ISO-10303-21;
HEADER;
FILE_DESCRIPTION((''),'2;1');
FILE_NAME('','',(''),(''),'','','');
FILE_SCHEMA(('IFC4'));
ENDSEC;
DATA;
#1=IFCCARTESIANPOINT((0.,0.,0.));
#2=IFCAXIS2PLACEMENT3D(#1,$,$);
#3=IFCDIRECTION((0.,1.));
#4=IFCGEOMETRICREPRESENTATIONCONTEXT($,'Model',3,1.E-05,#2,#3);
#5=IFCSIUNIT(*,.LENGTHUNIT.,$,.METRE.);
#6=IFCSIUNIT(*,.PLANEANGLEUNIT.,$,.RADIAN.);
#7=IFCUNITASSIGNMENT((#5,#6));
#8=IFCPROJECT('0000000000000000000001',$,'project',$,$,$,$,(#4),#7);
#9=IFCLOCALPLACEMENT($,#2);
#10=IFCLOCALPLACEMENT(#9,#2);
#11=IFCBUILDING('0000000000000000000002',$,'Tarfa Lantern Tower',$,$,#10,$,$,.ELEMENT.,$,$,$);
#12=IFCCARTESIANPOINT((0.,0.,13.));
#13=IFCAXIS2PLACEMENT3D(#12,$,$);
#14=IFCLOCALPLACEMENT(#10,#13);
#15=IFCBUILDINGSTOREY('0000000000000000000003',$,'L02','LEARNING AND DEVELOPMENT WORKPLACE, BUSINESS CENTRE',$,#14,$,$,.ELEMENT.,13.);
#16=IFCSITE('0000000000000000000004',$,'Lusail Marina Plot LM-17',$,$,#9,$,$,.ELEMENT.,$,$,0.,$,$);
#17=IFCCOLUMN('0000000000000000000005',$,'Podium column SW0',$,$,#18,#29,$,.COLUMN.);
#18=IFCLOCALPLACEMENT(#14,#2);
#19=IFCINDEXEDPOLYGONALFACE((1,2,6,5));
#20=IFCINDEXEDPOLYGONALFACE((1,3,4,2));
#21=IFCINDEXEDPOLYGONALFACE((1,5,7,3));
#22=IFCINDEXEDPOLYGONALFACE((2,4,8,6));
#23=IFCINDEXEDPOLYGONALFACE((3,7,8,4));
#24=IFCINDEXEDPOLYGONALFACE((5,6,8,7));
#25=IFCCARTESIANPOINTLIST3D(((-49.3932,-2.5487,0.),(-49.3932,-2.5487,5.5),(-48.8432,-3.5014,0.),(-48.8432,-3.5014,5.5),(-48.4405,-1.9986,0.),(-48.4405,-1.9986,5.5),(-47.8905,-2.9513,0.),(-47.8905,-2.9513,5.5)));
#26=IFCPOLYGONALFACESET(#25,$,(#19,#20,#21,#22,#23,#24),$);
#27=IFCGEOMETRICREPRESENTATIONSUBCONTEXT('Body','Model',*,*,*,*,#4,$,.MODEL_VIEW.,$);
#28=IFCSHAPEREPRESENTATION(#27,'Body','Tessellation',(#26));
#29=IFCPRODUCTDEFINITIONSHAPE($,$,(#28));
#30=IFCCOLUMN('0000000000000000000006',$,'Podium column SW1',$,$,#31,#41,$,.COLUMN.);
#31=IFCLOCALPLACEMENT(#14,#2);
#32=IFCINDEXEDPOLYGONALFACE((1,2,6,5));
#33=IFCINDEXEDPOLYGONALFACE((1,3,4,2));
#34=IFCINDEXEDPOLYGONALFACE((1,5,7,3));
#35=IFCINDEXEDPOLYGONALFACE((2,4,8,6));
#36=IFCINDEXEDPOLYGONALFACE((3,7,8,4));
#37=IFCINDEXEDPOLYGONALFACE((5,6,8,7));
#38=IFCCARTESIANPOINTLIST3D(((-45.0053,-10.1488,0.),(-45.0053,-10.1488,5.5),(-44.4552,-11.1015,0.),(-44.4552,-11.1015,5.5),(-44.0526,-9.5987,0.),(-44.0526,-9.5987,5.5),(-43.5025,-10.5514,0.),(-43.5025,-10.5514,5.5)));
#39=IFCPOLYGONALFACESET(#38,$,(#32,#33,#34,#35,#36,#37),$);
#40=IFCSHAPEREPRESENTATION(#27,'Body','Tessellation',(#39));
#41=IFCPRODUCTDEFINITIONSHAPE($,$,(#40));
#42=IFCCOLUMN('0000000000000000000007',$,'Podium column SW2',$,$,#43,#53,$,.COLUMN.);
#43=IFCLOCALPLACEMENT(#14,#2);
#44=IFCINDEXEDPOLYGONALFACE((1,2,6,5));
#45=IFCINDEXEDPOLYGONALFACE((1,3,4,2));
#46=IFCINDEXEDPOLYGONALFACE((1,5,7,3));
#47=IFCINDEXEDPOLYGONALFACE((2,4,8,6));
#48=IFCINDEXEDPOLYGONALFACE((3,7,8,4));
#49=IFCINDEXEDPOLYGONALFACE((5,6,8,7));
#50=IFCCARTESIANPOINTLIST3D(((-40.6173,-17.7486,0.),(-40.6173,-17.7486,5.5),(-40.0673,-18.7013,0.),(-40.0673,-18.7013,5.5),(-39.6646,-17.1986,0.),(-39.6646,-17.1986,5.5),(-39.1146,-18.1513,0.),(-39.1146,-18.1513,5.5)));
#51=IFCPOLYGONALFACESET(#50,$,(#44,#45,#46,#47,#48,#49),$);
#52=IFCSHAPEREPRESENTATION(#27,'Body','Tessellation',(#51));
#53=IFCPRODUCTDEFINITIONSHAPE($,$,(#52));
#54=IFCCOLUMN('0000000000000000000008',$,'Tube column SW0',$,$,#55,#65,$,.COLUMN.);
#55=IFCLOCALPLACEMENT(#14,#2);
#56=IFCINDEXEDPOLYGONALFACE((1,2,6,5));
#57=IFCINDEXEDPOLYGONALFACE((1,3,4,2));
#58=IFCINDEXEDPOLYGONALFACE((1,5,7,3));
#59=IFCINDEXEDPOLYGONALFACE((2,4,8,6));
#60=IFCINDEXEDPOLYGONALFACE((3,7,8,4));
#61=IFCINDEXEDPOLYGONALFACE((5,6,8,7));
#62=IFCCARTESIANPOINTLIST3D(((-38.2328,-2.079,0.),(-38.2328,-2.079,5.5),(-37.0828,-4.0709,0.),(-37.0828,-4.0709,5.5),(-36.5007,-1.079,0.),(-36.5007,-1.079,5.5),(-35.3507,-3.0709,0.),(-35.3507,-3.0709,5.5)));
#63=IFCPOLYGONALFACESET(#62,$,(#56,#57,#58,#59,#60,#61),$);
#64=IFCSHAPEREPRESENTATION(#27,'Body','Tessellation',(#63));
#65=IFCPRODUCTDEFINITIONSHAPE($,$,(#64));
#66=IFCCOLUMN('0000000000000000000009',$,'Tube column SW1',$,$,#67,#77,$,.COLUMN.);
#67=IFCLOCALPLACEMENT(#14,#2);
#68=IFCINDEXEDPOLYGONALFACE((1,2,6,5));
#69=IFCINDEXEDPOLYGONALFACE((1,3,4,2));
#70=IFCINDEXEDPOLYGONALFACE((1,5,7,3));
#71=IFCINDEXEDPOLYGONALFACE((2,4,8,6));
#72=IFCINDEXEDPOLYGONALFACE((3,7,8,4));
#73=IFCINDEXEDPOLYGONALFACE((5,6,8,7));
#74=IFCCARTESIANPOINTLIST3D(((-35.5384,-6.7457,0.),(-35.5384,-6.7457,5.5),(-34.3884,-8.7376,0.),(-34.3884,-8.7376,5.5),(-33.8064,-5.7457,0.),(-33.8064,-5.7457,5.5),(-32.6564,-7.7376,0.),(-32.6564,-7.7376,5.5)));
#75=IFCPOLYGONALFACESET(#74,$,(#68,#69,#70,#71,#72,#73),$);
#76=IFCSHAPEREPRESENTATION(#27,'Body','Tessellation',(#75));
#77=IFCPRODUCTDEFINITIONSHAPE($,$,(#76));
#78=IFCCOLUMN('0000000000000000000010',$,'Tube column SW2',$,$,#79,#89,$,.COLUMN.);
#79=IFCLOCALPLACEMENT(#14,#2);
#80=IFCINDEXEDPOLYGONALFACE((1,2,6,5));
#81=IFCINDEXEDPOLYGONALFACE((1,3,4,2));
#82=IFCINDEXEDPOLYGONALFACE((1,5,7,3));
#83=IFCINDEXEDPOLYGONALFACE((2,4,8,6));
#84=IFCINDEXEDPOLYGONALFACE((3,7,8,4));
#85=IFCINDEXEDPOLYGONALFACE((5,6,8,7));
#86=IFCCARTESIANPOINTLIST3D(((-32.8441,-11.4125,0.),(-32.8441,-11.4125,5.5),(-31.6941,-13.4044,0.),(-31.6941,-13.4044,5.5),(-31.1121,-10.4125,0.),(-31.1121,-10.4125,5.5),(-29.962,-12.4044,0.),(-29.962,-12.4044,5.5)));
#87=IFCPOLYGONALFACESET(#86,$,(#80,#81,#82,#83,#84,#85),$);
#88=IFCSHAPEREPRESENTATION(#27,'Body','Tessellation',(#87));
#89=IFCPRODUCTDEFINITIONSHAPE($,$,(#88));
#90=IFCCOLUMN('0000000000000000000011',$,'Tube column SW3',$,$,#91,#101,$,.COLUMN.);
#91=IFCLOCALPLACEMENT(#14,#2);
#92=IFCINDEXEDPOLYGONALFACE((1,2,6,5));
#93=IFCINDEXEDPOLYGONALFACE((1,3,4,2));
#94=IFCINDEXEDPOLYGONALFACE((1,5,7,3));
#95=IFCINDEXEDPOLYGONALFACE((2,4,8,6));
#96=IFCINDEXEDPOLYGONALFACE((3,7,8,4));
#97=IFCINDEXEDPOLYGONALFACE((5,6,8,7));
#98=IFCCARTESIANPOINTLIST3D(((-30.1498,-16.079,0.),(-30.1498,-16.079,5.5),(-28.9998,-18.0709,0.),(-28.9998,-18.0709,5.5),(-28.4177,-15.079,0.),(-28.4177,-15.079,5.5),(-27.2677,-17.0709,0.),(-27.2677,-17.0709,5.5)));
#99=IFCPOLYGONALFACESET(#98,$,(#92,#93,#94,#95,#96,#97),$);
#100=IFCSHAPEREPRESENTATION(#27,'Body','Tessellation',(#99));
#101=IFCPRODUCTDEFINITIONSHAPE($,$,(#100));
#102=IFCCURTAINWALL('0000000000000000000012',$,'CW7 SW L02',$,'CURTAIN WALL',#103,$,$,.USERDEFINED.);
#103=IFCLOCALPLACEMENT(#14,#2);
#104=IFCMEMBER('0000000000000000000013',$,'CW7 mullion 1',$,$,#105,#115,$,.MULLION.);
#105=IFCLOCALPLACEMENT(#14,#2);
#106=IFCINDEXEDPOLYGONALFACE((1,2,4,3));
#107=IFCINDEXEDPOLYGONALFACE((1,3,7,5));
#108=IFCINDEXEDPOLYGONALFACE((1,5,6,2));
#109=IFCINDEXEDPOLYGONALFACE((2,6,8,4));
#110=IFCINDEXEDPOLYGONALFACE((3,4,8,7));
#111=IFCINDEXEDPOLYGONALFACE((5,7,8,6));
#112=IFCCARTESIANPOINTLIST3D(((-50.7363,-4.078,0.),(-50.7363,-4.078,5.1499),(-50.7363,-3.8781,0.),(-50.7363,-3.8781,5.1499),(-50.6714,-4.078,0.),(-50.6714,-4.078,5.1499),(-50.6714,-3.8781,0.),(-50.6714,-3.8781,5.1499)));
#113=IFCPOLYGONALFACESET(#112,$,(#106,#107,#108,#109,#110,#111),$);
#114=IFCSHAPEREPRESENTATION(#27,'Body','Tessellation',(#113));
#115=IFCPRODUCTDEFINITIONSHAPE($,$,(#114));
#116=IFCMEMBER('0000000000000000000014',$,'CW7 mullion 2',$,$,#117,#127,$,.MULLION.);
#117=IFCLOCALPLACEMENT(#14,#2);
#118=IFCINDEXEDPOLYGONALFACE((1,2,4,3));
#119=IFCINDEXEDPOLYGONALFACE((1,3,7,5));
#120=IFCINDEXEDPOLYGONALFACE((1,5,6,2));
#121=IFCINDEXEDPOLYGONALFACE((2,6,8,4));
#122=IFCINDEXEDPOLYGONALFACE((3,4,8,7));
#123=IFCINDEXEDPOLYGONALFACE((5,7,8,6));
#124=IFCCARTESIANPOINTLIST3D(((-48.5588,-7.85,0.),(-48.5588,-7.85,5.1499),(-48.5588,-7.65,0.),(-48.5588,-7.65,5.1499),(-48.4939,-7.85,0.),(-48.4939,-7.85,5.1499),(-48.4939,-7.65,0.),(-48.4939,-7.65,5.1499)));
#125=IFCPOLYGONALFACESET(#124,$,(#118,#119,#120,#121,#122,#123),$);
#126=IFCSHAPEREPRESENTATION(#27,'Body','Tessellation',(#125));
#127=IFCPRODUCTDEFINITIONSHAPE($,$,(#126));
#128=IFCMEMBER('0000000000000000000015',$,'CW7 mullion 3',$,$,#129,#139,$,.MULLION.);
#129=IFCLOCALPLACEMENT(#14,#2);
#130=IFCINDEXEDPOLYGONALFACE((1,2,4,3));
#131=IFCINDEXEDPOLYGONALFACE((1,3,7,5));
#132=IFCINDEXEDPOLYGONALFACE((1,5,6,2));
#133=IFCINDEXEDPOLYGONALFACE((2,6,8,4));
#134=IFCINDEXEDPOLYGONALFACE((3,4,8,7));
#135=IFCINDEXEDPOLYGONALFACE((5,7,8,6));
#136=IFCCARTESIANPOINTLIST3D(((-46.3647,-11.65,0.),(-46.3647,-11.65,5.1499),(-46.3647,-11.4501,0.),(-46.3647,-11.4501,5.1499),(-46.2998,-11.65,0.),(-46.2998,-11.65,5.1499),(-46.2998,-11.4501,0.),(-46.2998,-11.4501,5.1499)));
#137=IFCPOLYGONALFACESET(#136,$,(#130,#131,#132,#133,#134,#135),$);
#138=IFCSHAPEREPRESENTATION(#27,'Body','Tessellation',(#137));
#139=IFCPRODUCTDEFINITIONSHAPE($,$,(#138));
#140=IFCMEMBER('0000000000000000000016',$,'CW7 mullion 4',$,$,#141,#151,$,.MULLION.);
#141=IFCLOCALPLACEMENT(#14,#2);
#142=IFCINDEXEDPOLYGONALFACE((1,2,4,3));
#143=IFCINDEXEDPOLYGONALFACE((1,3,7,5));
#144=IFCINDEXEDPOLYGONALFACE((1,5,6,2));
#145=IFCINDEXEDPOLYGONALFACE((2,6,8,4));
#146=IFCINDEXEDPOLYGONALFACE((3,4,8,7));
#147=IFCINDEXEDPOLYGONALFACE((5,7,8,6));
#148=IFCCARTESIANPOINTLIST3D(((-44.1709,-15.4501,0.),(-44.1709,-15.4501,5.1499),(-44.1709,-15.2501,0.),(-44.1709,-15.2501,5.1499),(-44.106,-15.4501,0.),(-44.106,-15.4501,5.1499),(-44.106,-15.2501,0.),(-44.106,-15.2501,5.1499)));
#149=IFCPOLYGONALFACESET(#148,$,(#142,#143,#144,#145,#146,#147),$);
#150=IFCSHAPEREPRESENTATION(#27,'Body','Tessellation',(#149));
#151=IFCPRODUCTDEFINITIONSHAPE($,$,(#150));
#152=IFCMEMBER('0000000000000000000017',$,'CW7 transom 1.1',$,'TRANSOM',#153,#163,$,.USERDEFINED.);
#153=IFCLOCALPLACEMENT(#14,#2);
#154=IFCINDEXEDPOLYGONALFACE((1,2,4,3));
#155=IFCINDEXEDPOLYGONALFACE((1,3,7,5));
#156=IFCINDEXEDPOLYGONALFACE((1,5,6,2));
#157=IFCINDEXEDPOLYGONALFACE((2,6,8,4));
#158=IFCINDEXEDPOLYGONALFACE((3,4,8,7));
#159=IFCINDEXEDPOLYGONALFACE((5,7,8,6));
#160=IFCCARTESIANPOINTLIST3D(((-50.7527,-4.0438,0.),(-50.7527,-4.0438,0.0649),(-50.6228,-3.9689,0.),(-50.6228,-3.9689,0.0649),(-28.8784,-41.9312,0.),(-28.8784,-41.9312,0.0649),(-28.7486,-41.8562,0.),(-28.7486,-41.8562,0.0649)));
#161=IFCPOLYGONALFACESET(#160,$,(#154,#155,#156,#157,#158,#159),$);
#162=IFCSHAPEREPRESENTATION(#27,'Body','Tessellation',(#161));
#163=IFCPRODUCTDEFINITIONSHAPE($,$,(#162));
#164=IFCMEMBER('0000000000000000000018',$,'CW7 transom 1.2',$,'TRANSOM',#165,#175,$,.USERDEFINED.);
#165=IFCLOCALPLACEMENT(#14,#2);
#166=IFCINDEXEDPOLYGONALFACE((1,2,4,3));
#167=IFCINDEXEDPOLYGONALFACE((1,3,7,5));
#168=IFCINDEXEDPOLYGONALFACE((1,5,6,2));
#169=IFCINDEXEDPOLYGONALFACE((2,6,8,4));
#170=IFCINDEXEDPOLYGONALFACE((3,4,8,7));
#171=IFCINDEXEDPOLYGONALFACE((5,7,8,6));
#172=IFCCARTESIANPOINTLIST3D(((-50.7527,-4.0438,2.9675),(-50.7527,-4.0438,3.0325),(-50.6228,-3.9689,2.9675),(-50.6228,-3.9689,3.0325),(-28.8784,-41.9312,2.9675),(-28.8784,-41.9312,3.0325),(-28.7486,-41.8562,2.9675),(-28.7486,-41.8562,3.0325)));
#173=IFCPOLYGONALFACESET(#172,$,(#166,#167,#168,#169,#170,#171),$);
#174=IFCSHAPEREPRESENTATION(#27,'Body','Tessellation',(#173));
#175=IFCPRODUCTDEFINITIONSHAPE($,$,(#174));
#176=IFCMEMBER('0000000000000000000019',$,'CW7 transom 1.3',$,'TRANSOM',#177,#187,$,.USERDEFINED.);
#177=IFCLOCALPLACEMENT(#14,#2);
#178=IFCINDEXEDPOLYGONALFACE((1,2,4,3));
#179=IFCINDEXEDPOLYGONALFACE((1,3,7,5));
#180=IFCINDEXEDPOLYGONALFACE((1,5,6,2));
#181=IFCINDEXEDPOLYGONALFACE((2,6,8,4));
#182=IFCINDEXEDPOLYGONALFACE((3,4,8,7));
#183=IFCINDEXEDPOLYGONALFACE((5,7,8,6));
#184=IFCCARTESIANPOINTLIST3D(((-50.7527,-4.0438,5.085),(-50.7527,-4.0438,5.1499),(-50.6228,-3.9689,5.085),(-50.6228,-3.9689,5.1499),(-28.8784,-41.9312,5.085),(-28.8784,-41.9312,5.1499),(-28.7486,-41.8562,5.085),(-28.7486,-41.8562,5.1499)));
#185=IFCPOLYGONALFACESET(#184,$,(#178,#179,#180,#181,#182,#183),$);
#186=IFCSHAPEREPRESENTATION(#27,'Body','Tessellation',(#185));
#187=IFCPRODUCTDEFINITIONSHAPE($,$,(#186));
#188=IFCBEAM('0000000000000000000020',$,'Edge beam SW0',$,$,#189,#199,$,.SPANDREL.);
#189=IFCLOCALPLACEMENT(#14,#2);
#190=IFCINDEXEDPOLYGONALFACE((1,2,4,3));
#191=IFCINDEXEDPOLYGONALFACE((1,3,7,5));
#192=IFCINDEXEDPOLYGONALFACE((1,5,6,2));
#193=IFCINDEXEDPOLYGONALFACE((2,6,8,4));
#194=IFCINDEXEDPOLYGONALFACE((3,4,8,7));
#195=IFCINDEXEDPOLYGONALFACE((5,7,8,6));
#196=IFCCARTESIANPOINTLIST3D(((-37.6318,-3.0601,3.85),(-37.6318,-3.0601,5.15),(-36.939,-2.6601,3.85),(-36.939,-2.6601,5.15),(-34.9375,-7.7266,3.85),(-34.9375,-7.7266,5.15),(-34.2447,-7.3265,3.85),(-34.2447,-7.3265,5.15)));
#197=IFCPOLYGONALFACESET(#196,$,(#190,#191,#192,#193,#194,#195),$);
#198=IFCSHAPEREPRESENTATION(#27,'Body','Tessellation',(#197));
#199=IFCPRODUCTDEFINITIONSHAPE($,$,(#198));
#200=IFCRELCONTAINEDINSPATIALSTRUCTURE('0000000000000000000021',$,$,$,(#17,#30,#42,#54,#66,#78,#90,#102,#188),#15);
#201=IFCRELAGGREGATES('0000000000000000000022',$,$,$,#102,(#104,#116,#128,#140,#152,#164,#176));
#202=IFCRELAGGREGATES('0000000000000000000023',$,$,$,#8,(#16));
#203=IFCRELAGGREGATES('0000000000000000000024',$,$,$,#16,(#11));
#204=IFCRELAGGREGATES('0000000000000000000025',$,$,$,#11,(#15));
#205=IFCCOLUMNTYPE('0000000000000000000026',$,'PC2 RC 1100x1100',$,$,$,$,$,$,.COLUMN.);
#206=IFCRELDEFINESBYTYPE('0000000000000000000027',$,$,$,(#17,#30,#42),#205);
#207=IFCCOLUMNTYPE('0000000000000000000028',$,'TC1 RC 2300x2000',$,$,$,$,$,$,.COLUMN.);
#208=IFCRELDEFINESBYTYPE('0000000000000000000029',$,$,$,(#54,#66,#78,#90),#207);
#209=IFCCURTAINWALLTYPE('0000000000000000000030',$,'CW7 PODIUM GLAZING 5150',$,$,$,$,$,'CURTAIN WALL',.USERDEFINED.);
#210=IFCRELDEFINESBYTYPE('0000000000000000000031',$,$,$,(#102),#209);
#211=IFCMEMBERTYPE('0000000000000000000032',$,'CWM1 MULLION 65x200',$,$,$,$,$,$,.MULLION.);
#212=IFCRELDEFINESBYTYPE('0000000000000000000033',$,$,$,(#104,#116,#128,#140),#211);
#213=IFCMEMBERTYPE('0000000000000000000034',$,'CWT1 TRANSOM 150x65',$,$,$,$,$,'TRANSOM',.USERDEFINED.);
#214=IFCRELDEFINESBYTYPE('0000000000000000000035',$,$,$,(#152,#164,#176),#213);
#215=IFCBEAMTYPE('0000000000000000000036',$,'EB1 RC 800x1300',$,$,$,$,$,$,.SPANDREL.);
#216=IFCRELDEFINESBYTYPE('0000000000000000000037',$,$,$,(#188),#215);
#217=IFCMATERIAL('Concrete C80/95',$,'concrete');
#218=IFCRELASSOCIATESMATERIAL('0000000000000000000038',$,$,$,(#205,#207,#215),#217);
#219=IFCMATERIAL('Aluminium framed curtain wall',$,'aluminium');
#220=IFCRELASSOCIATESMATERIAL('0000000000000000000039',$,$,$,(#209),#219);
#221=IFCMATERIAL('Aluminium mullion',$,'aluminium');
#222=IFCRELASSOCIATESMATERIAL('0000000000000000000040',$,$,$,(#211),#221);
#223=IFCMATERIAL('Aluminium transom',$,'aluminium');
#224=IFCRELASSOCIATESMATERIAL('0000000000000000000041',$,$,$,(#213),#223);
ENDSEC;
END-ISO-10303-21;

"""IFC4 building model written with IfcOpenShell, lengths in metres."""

from ifc_helpers import new_model, si_unit, direction, frame, origin, origin_2d, place, context, subcontext, project, spatial, rectangle, extrude, material, material_profile, profile_set, type_object, element, aggregate, save


model = new_model("IFC4")

# Units and contexts
model_context = context("Model", 3, precision=1e-05, world=origin(), true_north=direction((0.0, 1.0)))
body_context = subcontext(model_context, "Body", "Model", "MODEL_VIEW")
ifc_project = project(units=[si_unit("LENGTHUNIT", "METRE"), si_unit("PLANEANGLEUNIT", "RADIAN")], contexts=[model_context])

# Site, building, storey
site_placement = place(None, origin())
site = spatial("IfcSite", under=ifc_project, at=site_placement, Name="Lusail Marina Plot LM-17", CompositionType="ELEMENT", RefElevation=0.0)
building_placement = place(site_placement, origin())
building = spatial("IfcBuilding", under=site, at=building_placement, Name="Tarfa Lantern Tower", CompositionType="ELEMENT")
storey_placement = place(building_placement, frame((0.0, 0.0, 13.0)))
storey = spatial("IfcBuildingStorey", under=building, at=storey_placement, Name="L02", Description="LEARNING AND DEVELOPMENT WORKPLACE, BUSINESS CENTRE", CompositionType="ELEMENT", Elevation=13.0)

# Columns
ifc_material_1 = material(Name="Concrete C80/95", Category="concrete")
ifc_material_profile_1 = material_profile(ifc_material_1, rectangle(XDim=1.1001, YDim=1.1001, at=origin_2d()), Name="RC 1100x1100")
ifc_profile_set_1 = profile_set([ifc_material_profile_1], Name="Concrete C80/95")
column_type_1 = type_object("IfcColumnType", Name="PC2 RC 1100x1100", PredefinedType="COLUMN", material=ifc_profile_set_1)
for number, where, z_axis, x_axis, name in (
    (1, (-48.6418, -2.75, 0.0), (0.0, 0.0, 1.0), (0.5, -0.866025, 0.0), "Podium column SW0"),
    (2, (-44.2539, -10.3501, 0.0), (0.0, 0.0, 1.0), (0.5, -0.866025, 0.0), "Podium column SW1"),
    (3, (-39.866, -17.95, 0.0), (0.0, 0.0, 1.0), (0.5, -0.866025, 0.0), "Podium column SW2"),
):
    element("IfcColumn", number, at=place(storey_placement, frame(where, z_axis=z_axis, x_axis=x_axis)), inside=storey, type_object=column_type_1, Name=name, PredefinedType="COLUMN", context=body_context, shape_type="SweptSolid", body=[
        extrude(rectangle(XDim=1.1001, YDim=1.1001, at=origin_2d()), origin(), (0.0, 0.0, 1.0), 5.5),
    ])
ifc_material_profile_2 = material_profile(ifc_material_1, rectangle(XDim=2.3, YDim=2.0, at=origin_2d()), Name="RC 2300x2000")
ifc_profile_set_2 = profile_set([ifc_material_profile_2], Name="Concrete C80/95")
column_type_2 = type_object("IfcColumnType", Name="TC1 RC 2300x2000", PredefinedType="COLUMN", material=ifc_profile_set_2)
for number, where, z_axis, x_axis, name in (
    (4, (-36.7917, -2.575, 0.0), (0.0, 0.0, 1.0), (0.5, -0.866025, 0.0), "Tube column SW0"),
    (5, (-34.0974, -7.2417, 0.0), (0.0, 0.0, 1.0), (0.5, -0.866025, 0.0), "Tube column SW1"),
    (6, (-31.4031, -11.9084, 0.0), (0.0, 0.0, 1.0), (0.5, -0.866025, 0.0), "Tube column SW2"),
    (7, (-28.7087, -16.575, 0.0), (0.0, 0.0, 1.0), (0.5, -0.866025, 0.0), "Tube column SW3"),
):
    element("IfcColumn", number, at=place(storey_placement, frame(where, z_axis=z_axis, x_axis=x_axis)), inside=storey, type_object=column_type_2, Name=name, PredefinedType="COLUMN", context=body_context, shape_type="SweptSolid", body=[
        extrude(rectangle(XDim=2.3, YDim=2.0, at=origin_2d()), origin(), (0.0, 0.0, 1.0), 5.5),
    ])

# Curtain wall, members
ifc_material_2 = material(Name="Aluminium framed curtain wall", Category="aluminium")
curtain_wall_type = type_object("IfcCurtainWallType", Name="CW7 PODIUM GLAZING 5150", ElementType="CURTAIN WALL", PredefinedType="USERDEFINED", material=ifc_material_2)
curtain_wall_placement = place(storey_placement, origin())
curtain_wall = element("IfcCurtainWall", 8, at=curtain_wall_placement, inside=storey, type_object=curtain_wall_type, Name="CW7 SW L02", ObjectType="CURTAIN WALL", PredefinedType="USERDEFINED")
ifc_material_3 = material(Name="Aluminium mullion", Category="aluminium")
ifc_material_profile_3 = material_profile(ifc_material_3, rectangle(XDim=0.0649, YDim=0.2, at=origin_2d()), Name="AL MULLION 65x200")
ifc_profile_set_3 = profile_set([ifc_material_profile_3], Name="Aluminium mullion")
member_type_1 = type_object("IfcMemberType", Name="CWM1 MULLION 65x200", PredefinedType="MULLION", material=ifc_profile_set_3)
member_1_placement = place(storey_placement, frame((-50.7039, -3.978, 0.0), z_axis=(0.0, 0.0, 1.0), x_axis=(1.0, 0.0, 0.0)))
member_1 = element("IfcMember", 9, at=member_1_placement, type_object=member_type_1, Name="CW7 mullion 1", PredefinedType="MULLION", context=body_context, shape_type="SweptSolid", body=[
    extrude(rectangle(XDim=0.0649, YDim=0.2, at=origin_2d()), origin(), (0.0, 0.0, 1.0), 5.1499),
])
member_2_placement = place(storey_placement, frame((-48.5264, -7.75, 0.0), z_axis=(0.0, 0.0, 1.0), x_axis=(1.0, 0.0, 0.0)))
member_2 = element("IfcMember", 10, at=member_2_placement, type_object=member_type_1, Name="CW7 mullion 2", PredefinedType="MULLION", context=body_context, shape_type="SweptSolid", body=[
    extrude(rectangle(XDim=0.0649, YDim=0.2, at=origin_2d()), origin(), (0.0, 0.0, 1.0), 5.1499),
])
member_3_placement = place(storey_placement, frame((-46.3323, -11.55, 0.0), z_axis=(0.0, 0.0, 1.0), x_axis=(1.0, 0.0, 0.0)))
member_3 = element("IfcMember", 11, at=member_3_placement, type_object=member_type_1, Name="CW7 mullion 3", PredefinedType="MULLION", context=body_context, shape_type="SweptSolid", body=[
    extrude(rectangle(XDim=0.0649, YDim=0.2, at=origin_2d()), origin(), (0.0, 0.0, 1.0), 5.1499),
])
member_4_placement = place(storey_placement, frame((-44.1384, -15.3501, 0.0), z_axis=(0.0, 0.0, 1.0), x_axis=(1.0, 0.0, 0.0)))
member_4 = element("IfcMember", 12, at=member_4_placement, type_object=member_type_1, Name="CW7 mullion 4", PredefinedType="MULLION", context=body_context, shape_type="SweptSolid", body=[
    extrude(rectangle(XDim=0.0649, YDim=0.2, at=origin_2d()), origin(), (0.0, 0.0, 1.0), 5.1499),
])
ifc_material_4 = material(Name="Aluminium transom", Category="aluminium")
ifc_material_profile_4 = material_profile(ifc_material_4, rectangle(XDim=0.1499, YDim=0.0649, at=origin_2d()), Name="AL TRANSOM 150x65")
ifc_profile_set_4 = profile_set([ifc_material_profile_4], Name="Aluminium transom")
member_type_2 = type_object("IfcMemberType", Name="CWT1 TRANSOM 150x65", ElementType="TRANSOM", PredefinedType="USERDEFINED", material=ifc_profile_set_4)
member_5_placement = place(storey_placement, frame((-50.6877, -4.0063, 0.0325), z_axis=(0.499999, -0.866026, 0.0), x_axis=(0.866026, 0.499999, 0.0)))
member_5 = element("IfcMember", 13, at=member_5_placement, type_object=member_type_2, Name="CW7 transom 1.1", ObjectType="TRANSOM", PredefinedType="USERDEFINED", context=body_context, shape_type="SweptSolid", body=[
    extrude(rectangle(XDim=0.1499, YDim=0.0649, at=origin_2d()), origin(), (0.0, 0.0, 1.0), 43.7485),
])
member_6_placement = place(storey_placement, frame((-50.6877, -4.0063, 3.0), z_axis=(0.499999, -0.866026, 0.0), x_axis=(0.866026, 0.499999, 0.0)))
member_6 = element("IfcMember", 14, at=member_6_placement, type_object=member_type_2, Name="CW7 transom 1.2", ObjectType="TRANSOM", PredefinedType="USERDEFINED", context=body_context, shape_type="SweptSolid", body=[
    extrude(rectangle(XDim=0.1499, YDim=0.0649, at=origin_2d()), origin(), (0.0, 0.0, 1.0), 43.7485),
])
member_7_placement = place(storey_placement, frame((-50.6877, -4.0063, 5.1174), z_axis=(0.499999, -0.866026, 0.0), x_axis=(0.866026, 0.499999, 0.0)))
member_7 = element("IfcMember", 15, at=member_7_placement, type_object=member_type_2, Name="CW7 transom 1.3", ObjectType="TRANSOM", PredefinedType="USERDEFINED", context=body_context, shape_type="SweptSolid", body=[
    extrude(rectangle(XDim=0.1499, YDim=0.0649, at=origin_2d()), origin(), (0.0, 0.0, 1.0), 43.7485),
])

# Beam
ifc_material_profile_5 = material_profile(ifc_material_1, rectangle(XDim=0.8, YDim=1.3, at=origin_2d()), Name="RC 800x1300")
ifc_profile_set_5 = profile_set([ifc_material_profile_5], Name="Concrete C80/95")
beam_type_1 = type_object("IfcBeamType", Name="EB1 RC 800x1300", PredefinedType="SPANDREL", material=ifc_profile_set_5)
beam_1_placement = place(storey_placement, frame((-37.2854, -2.8601, 4.5), z_axis=(0.500018, -0.866015, 0.0), x_axis=(0.866015, 0.500018, 0.0)))
element("IfcBeam", 16, at=beam_1_placement, inside=storey, type_object=beam_type_1, Name="Edge beam SW0", PredefinedType="SPANDREL", context=body_context, shape_type="SweptSolid", body=[
    extrude(rectangle(XDim=0.8, YDim=1.3, at=origin_2d()), origin(), (0.0, 0.0, 1.0), 5.3884),
])

aggregate(curtain_wall, [member_1, member_2, member_3, member_4, member_5, member_6, member_7])

save(model, "model.ifc")
